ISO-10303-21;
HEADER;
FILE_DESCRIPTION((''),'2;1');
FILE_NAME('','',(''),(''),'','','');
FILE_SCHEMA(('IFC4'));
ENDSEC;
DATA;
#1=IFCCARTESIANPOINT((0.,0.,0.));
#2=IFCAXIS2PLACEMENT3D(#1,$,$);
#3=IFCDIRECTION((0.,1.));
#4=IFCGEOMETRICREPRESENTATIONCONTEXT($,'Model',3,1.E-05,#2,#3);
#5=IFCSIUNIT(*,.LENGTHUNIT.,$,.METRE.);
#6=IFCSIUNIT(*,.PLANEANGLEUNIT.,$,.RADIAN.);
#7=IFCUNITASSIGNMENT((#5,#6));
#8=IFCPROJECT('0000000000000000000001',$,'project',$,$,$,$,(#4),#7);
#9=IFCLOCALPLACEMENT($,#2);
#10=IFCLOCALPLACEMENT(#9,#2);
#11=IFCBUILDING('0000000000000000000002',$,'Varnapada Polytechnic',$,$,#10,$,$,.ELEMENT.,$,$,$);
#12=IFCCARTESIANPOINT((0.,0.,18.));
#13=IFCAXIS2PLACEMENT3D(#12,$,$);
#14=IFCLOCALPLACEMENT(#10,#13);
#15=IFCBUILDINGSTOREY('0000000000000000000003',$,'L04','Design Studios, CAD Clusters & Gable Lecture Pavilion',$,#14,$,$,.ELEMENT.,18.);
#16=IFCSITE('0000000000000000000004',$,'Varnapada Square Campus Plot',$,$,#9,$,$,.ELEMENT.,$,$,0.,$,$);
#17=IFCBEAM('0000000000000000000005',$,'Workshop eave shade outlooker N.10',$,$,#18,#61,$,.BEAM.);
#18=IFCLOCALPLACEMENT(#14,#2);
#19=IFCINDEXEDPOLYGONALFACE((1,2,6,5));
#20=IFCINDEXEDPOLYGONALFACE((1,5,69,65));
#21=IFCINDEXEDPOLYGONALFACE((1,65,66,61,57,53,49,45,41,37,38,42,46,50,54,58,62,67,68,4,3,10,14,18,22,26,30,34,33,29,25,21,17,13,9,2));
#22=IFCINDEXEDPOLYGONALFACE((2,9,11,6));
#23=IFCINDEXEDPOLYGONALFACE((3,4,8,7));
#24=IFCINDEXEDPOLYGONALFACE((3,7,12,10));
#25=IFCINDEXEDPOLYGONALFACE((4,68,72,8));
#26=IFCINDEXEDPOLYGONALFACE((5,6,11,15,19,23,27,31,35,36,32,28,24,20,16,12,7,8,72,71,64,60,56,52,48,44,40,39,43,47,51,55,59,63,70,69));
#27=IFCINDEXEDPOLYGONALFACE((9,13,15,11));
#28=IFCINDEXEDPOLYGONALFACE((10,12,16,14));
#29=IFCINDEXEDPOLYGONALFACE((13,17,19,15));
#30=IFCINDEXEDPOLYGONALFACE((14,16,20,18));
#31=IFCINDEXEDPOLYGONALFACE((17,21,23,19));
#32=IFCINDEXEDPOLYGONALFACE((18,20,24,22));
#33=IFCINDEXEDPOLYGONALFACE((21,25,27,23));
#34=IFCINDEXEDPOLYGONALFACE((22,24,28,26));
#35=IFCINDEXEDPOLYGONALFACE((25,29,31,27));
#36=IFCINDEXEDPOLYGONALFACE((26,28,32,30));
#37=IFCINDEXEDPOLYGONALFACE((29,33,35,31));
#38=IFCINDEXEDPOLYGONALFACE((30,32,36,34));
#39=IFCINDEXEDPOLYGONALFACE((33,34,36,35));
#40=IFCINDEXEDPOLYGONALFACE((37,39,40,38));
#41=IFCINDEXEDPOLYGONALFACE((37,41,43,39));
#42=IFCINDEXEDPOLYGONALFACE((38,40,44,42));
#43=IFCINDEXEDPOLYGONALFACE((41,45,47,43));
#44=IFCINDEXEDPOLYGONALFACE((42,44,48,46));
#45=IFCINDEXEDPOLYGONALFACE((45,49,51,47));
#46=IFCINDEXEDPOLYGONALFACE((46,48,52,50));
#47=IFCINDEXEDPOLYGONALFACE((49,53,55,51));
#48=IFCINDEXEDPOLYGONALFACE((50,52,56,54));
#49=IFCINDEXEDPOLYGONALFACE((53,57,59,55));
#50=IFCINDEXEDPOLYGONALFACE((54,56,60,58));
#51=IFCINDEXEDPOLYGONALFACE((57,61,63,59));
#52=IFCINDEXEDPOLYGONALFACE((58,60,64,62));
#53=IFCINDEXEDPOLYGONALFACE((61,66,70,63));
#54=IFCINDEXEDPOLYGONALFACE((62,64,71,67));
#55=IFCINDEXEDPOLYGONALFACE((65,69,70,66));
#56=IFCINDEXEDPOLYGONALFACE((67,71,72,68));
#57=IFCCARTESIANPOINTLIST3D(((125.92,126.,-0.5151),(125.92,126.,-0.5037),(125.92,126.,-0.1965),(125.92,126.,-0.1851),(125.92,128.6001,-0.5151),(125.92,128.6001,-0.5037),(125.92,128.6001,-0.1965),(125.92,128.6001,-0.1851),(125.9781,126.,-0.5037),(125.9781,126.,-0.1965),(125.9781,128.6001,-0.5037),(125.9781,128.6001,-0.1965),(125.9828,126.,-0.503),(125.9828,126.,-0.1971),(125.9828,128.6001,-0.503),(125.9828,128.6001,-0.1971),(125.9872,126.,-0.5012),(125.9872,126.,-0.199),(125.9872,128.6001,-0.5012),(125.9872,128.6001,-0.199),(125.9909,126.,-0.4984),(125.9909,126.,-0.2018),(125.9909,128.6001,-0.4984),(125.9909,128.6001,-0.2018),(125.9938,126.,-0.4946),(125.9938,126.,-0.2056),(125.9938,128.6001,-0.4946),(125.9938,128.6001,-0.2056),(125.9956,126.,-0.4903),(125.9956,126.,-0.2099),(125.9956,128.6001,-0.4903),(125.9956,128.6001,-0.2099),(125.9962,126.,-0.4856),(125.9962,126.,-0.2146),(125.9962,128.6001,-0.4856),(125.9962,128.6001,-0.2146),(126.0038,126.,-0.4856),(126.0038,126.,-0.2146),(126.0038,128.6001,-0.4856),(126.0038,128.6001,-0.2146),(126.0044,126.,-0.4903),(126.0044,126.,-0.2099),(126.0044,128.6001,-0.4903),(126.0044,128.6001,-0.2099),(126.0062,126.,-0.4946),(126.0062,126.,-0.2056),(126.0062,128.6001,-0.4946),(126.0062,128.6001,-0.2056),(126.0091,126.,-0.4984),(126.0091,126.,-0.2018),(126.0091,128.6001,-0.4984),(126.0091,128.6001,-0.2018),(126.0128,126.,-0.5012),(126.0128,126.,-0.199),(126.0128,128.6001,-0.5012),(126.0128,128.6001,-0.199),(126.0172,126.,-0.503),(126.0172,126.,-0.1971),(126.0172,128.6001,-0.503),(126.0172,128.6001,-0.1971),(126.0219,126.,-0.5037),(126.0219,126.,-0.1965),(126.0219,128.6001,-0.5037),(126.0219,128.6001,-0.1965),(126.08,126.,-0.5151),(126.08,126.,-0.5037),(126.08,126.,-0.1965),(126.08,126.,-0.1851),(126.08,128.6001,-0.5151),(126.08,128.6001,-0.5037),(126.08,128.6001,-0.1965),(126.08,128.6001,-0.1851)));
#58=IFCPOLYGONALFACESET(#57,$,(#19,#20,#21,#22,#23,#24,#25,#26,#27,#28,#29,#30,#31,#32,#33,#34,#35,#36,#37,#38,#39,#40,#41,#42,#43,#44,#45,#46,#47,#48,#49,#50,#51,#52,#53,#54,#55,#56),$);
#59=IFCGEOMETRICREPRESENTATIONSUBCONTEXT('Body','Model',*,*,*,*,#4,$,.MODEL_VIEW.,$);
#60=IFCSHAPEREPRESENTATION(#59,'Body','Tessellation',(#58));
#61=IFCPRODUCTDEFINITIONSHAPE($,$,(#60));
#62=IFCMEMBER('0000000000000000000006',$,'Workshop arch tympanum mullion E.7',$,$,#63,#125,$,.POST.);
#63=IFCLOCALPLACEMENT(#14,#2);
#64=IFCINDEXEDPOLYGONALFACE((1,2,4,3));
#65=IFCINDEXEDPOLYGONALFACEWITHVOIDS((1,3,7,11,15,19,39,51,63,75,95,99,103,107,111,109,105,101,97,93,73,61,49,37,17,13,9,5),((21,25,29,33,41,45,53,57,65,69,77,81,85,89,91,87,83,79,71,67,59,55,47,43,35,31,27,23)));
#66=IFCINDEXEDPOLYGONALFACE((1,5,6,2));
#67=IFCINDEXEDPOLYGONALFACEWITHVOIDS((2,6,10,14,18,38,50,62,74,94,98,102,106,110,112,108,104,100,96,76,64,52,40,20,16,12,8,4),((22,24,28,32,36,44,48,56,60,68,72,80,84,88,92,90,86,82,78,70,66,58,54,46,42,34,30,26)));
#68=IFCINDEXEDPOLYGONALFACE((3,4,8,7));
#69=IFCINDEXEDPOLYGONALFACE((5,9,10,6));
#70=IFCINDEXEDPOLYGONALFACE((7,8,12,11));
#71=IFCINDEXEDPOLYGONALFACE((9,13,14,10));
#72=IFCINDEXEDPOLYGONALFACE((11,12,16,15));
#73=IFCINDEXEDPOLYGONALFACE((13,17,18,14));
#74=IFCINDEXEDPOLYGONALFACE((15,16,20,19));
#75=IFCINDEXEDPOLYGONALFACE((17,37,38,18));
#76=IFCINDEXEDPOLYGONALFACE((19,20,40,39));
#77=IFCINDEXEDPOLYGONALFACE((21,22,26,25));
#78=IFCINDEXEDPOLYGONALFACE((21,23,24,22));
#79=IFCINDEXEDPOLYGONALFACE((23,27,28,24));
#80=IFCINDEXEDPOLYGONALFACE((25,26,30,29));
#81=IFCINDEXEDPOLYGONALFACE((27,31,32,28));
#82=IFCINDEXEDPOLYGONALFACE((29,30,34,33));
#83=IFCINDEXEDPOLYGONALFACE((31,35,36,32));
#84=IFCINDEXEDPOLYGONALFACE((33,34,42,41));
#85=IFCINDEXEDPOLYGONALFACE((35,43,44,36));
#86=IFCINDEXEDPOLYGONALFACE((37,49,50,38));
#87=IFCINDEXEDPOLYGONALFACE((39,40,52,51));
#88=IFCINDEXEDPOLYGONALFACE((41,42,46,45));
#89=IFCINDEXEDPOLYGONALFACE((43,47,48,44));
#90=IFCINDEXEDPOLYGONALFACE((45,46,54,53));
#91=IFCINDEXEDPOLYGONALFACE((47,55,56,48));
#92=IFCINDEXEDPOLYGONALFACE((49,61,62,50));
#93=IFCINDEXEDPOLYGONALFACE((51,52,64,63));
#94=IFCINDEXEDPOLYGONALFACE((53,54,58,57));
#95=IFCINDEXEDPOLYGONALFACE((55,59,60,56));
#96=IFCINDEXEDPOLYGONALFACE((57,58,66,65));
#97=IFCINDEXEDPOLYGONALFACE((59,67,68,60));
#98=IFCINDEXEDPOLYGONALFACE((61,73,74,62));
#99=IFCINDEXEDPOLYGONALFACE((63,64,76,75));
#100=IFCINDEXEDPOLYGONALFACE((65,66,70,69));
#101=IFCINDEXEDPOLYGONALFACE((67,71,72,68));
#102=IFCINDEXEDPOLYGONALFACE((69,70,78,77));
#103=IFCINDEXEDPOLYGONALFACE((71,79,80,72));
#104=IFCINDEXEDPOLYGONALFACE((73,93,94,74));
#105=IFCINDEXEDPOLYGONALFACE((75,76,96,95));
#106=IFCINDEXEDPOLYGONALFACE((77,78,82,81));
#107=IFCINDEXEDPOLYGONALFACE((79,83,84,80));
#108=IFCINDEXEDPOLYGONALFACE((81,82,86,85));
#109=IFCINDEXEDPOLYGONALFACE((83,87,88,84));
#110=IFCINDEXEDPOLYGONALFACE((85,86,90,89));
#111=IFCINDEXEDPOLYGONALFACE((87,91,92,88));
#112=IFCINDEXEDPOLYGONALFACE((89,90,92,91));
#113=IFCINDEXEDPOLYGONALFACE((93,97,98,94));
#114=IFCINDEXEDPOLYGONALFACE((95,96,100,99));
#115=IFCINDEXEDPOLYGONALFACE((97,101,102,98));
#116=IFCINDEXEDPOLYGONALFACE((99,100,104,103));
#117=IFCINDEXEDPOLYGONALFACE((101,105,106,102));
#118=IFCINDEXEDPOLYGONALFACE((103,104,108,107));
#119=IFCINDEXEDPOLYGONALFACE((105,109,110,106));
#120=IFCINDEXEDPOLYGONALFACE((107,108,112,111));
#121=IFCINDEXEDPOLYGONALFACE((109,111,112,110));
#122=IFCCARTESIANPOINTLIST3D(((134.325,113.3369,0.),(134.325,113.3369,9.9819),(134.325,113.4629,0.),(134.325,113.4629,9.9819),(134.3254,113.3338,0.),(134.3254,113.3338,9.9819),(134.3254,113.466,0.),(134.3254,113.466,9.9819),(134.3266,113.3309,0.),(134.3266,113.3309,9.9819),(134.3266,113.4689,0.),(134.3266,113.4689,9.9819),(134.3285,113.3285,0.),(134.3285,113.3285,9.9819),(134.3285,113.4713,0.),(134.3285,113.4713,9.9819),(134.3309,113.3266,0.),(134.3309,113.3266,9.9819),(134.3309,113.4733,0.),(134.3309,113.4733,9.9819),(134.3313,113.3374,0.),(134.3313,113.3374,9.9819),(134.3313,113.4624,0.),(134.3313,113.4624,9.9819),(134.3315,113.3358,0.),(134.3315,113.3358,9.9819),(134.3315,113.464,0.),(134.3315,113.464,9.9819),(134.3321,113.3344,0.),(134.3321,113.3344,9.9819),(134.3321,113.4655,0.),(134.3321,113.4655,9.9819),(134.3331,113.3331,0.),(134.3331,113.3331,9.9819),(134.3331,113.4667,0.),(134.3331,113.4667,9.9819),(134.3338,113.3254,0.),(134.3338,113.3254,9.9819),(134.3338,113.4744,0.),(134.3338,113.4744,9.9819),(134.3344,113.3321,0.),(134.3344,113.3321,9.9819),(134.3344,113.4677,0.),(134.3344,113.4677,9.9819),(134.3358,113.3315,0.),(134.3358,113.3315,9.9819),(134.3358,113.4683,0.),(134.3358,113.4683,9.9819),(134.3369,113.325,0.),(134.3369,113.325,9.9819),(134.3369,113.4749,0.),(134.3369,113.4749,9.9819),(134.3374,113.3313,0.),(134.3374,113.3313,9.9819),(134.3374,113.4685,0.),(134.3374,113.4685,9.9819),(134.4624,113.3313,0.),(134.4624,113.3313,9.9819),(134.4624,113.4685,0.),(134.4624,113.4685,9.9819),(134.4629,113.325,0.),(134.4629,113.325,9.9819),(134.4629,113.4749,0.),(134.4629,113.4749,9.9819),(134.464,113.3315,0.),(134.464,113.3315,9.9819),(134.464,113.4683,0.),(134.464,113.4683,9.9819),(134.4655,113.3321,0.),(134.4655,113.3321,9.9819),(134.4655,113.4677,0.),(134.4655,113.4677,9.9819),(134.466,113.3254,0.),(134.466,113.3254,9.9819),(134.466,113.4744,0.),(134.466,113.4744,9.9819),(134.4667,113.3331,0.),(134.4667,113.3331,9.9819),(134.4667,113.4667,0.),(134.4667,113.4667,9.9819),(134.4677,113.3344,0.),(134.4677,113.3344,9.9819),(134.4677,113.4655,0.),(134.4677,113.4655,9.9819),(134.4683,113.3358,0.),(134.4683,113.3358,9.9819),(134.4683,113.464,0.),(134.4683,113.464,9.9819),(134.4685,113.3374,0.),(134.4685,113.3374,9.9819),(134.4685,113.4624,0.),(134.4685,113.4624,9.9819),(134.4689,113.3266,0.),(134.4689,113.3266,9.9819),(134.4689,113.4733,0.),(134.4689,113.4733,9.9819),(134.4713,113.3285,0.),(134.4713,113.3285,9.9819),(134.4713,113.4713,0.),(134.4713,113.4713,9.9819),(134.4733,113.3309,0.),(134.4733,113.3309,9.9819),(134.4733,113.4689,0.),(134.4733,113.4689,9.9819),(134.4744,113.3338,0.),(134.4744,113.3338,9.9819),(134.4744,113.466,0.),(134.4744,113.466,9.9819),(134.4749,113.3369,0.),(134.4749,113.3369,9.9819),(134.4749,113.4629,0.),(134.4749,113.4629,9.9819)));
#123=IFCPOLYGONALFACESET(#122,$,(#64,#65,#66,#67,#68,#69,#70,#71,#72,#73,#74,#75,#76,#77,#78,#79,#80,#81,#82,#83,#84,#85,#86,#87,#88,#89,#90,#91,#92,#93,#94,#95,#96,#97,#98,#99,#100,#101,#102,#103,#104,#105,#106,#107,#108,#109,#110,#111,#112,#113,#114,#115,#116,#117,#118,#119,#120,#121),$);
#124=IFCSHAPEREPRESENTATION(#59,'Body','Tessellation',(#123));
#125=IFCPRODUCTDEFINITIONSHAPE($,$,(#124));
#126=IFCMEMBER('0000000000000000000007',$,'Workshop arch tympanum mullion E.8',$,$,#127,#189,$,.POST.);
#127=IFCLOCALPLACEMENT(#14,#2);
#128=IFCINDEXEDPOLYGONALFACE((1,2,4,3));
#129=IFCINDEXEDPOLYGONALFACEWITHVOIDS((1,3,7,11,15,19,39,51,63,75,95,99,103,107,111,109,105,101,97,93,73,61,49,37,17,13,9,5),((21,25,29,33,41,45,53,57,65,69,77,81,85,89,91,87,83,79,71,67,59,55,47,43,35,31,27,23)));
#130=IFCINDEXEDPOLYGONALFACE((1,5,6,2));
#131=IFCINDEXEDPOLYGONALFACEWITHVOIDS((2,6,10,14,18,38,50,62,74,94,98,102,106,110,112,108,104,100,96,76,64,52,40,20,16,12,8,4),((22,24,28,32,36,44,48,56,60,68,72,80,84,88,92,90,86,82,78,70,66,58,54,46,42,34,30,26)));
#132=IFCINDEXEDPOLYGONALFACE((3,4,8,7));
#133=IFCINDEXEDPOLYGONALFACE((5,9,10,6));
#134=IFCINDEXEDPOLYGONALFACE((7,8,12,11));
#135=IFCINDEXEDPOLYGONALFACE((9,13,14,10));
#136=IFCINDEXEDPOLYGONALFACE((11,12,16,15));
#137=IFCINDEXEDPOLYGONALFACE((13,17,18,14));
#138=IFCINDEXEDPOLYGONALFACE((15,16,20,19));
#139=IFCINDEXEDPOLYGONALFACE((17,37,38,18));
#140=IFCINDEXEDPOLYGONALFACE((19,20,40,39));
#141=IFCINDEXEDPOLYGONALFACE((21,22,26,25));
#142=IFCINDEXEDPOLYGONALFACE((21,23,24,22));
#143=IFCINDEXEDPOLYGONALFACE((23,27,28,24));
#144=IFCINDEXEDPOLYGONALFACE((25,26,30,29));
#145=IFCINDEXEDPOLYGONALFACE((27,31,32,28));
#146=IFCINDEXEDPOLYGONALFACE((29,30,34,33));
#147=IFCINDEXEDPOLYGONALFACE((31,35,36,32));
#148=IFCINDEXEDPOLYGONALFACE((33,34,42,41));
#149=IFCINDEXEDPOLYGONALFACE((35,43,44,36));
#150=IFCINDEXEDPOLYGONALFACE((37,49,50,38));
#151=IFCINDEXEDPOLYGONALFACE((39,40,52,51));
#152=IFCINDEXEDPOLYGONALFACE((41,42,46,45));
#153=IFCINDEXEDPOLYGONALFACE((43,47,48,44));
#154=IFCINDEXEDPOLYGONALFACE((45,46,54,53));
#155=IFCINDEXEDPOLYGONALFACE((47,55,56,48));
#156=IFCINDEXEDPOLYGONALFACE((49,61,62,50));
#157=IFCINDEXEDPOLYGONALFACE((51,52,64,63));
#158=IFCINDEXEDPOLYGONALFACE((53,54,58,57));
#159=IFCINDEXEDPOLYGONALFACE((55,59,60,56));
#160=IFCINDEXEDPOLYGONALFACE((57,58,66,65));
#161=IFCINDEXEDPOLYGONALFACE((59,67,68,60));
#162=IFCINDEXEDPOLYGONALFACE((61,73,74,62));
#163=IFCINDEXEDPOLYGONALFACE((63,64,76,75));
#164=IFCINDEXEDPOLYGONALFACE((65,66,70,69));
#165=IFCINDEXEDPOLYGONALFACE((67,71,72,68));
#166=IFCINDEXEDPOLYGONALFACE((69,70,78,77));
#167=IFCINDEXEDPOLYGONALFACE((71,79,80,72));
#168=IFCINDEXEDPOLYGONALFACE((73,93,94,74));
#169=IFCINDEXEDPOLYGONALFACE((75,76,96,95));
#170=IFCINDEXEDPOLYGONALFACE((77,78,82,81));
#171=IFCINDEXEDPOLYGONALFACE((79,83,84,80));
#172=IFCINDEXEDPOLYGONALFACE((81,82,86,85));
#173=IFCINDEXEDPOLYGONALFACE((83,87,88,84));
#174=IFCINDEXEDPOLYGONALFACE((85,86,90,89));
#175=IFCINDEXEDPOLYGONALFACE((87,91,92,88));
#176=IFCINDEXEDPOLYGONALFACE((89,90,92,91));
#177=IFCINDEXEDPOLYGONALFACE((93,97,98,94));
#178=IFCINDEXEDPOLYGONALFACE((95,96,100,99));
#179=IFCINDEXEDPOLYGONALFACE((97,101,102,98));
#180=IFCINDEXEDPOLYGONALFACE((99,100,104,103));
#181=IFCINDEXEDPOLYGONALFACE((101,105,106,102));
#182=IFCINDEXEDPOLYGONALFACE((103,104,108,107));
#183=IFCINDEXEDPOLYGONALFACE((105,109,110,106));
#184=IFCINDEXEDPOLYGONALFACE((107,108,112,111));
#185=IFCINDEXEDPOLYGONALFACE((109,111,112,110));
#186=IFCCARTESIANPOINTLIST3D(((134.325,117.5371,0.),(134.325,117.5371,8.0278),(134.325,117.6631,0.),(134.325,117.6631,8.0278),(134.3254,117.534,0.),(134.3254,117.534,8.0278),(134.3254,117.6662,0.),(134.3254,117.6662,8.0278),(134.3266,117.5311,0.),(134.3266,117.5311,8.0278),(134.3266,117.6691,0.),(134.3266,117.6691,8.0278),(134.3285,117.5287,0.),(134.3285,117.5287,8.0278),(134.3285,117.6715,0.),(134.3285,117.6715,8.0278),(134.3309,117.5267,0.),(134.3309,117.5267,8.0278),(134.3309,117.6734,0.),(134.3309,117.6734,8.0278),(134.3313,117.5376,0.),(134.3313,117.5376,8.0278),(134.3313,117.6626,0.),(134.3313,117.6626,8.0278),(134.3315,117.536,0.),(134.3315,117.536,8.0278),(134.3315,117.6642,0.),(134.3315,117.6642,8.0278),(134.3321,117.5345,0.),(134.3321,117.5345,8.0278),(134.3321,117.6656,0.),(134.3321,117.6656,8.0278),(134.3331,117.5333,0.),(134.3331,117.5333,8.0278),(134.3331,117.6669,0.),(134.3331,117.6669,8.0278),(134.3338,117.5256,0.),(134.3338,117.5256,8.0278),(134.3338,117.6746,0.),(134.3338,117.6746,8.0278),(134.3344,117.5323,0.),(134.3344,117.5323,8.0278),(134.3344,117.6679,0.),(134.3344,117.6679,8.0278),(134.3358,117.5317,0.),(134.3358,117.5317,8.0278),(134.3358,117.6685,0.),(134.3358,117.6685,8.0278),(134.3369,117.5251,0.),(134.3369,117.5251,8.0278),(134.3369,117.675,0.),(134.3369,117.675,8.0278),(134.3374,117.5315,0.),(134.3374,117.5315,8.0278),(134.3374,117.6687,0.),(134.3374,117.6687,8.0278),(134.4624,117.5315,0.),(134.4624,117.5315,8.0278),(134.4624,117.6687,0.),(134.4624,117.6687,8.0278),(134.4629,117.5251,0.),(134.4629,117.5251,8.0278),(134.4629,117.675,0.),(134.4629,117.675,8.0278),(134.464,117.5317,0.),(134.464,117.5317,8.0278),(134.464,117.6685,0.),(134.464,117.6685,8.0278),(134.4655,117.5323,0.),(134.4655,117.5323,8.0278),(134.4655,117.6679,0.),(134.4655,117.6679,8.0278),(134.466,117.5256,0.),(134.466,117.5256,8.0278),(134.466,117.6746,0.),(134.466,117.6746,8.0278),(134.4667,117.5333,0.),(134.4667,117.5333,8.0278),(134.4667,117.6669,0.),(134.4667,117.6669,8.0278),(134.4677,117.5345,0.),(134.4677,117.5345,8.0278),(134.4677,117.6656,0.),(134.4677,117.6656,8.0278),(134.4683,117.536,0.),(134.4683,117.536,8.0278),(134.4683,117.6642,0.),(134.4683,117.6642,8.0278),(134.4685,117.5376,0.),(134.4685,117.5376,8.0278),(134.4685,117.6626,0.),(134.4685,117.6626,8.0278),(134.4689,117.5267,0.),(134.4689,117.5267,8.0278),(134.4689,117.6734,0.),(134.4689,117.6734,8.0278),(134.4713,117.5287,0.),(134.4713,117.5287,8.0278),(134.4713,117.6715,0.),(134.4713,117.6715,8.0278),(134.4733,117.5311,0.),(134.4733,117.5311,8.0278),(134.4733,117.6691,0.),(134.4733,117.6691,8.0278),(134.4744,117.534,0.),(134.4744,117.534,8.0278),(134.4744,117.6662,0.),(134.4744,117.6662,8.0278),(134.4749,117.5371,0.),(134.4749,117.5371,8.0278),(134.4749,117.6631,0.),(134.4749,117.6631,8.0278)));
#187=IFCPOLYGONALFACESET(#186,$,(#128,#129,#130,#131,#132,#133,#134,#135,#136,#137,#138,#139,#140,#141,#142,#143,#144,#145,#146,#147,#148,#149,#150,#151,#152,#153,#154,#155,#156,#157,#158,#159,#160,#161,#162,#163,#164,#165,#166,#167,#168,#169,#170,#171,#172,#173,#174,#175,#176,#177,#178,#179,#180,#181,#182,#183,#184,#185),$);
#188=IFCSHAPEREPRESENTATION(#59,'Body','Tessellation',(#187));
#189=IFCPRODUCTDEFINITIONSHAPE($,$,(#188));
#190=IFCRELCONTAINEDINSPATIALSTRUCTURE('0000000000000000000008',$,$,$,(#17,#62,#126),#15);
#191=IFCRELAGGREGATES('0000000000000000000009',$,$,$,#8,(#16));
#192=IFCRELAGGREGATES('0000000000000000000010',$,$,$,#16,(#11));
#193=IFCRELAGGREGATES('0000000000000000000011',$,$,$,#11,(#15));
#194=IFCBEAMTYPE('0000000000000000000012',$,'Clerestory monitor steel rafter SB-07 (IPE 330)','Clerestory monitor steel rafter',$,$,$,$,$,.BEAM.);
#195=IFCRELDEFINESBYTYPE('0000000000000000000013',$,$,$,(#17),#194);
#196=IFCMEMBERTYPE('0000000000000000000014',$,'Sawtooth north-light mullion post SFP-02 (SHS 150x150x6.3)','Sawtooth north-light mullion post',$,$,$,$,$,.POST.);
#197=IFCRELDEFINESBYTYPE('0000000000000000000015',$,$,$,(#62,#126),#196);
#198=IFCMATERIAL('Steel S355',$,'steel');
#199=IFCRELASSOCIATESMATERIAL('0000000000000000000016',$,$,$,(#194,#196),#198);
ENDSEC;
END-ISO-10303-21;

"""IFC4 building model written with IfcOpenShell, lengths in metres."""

from ifc_helpers import new_model, si_unit, direction, frame, origin, origin_2d, place, context, subcontext, project, spatial, hollow_rectangle, i_section, extrude, material, material_profile, profile_set, type_object, element, save


model = new_model("IFC4")

# Units and contexts
model_context = context("Model", 3, precision=1e-05, world=origin(), true_north=direction((0.0, 1.0)))
body_context = subcontext(model_context, "Body", "Model", "MODEL_VIEW")
ifc_project = project(units=[si_unit("LENGTHUNIT", "METRE"), si_unit("PLANEANGLEUNIT", "RADIAN")], contexts=[model_context])

# Site, building, storey
site_placement = place(None, origin())
site = spatial("IfcSite", under=ifc_project, at=site_placement, Name="Varnapada Square Campus Plot", CompositionType="ELEMENT", RefElevation=0.0)
building_placement = place(site_placement, origin())
building = spatial("IfcBuilding", under=site, at=building_placement, Name="Varnapada Polytechnic", CompositionType="ELEMENT")
storey_placement = place(building_placement, frame((0.0, 0.0, 18.0)))
storey = spatial("IfcBuildingStorey", under=building, at=storey_placement, Name="L04", Description="Design Studios, CAD Clusters & Gable Lecture Pavilion", CompositionType="ELEMENT", Elevation=18.0)

# Beam
ifc_material = material(Name="Steel S355", Category="steel")
ifc_material_profile_1 = material_profile(ifc_material, i_section(OverallWidth=0.1599, OverallDepth=0.3301, WebThickness=0.0076, FlangeThickness=0.0115, FilletRadius=0.0181, at=origin_2d()), Name="IPE 330")
ifc_profile_set_1 = profile_set([ifc_material_profile_1], Name="Steel S355")
beam_type_1 = type_object("IfcBeamType", Name="Clerestory monitor steel rafter SB-07 (IPE 330)", Description="Clerestory monitor steel rafter", PredefinedType="BEAM", material=ifc_profile_set_1)
beam_1_placement = place(storey_placement, frame((126.0, 126.0, -0.3501), z_axis=(0.0, 1.0, 0.0), x_axis=(-1.0, 0.0, 0.0)))
element("IfcBeam", 1, at=beam_1_placement, inside=storey, type_object=beam_type_1, Name="Workshop eave shade outlooker N.10", PredefinedType="BEAM", context=body_context, shape_type="SweptSolid", body=[
    extrude(i_section(OverallWidth=0.1599, OverallDepth=0.3301, WebThickness=0.0076, FlangeThickness=0.0115, FilletRadius=0.0181, at=origin_2d()), origin(), (0.0, 0.0, 1.0), 2.6001),
])

# Members
ifc_material_profile_2 = material_profile(ifc_material, hollow_rectangle(XDim=0.1499, YDim=0.1499, WallThickness=0.0063, InnerFilletRadius=0.0061, OuterFilletRadius=0.012, at=origin_2d()), Name="SHS 150x150x6.3")
ifc_profile_set_2 = profile_set([ifc_material_profile_2], Name="Steel S355")
member_type_1 = type_object("IfcMemberType", Name="Sawtooth north-light mullion post SFP-02 (SHS 150x150x6.3)", Description="Sawtooth north-light mullion post", PredefinedType="POST", material=ifc_profile_set_2)
member_1_placement = place(storey_placement, frame((134.3999, 113.3999, 0.0), z_axis=(0.0, 0.0, 1.0), x_axis=(1.0, 0.0, 0.0)))
element("IfcMember", 2, at=member_1_placement, inside=storey, type_object=member_type_1, Name="Workshop arch tympanum mullion E.7", PredefinedType="POST", context=body_context, shape_type="SweptSolid", body=[
    extrude(hollow_rectangle(XDim=0.1499, YDim=0.1499, WallThickness=0.0063, InnerFilletRadius=0.0061, OuterFilletRadius=0.012, at=origin_2d()), origin(), (0.0, 0.0, 1.0), 9.9819),
])
member_2_placement = place(storey_placement, frame((134.3999, 117.6001, 0.0), z_axis=(0.0, 0.0, 1.0), x_axis=(1.0, 0.0, 0.0)))
element("IfcMember", 3, at=member_2_placement, inside=storey, type_object=member_type_1, Name="Workshop arch tympanum mullion E.8", PredefinedType="POST", context=body_context, shape_type="SweptSolid", body=[
    extrude(hollow_rectangle(XDim=0.1499, YDim=0.1499, WallThickness=0.0063, InnerFilletRadius=0.0061, OuterFilletRadius=0.012, at=origin_2d()), origin(), (0.0, 0.0, 1.0), 8.0278),
])

save(model, "model.ifc")
